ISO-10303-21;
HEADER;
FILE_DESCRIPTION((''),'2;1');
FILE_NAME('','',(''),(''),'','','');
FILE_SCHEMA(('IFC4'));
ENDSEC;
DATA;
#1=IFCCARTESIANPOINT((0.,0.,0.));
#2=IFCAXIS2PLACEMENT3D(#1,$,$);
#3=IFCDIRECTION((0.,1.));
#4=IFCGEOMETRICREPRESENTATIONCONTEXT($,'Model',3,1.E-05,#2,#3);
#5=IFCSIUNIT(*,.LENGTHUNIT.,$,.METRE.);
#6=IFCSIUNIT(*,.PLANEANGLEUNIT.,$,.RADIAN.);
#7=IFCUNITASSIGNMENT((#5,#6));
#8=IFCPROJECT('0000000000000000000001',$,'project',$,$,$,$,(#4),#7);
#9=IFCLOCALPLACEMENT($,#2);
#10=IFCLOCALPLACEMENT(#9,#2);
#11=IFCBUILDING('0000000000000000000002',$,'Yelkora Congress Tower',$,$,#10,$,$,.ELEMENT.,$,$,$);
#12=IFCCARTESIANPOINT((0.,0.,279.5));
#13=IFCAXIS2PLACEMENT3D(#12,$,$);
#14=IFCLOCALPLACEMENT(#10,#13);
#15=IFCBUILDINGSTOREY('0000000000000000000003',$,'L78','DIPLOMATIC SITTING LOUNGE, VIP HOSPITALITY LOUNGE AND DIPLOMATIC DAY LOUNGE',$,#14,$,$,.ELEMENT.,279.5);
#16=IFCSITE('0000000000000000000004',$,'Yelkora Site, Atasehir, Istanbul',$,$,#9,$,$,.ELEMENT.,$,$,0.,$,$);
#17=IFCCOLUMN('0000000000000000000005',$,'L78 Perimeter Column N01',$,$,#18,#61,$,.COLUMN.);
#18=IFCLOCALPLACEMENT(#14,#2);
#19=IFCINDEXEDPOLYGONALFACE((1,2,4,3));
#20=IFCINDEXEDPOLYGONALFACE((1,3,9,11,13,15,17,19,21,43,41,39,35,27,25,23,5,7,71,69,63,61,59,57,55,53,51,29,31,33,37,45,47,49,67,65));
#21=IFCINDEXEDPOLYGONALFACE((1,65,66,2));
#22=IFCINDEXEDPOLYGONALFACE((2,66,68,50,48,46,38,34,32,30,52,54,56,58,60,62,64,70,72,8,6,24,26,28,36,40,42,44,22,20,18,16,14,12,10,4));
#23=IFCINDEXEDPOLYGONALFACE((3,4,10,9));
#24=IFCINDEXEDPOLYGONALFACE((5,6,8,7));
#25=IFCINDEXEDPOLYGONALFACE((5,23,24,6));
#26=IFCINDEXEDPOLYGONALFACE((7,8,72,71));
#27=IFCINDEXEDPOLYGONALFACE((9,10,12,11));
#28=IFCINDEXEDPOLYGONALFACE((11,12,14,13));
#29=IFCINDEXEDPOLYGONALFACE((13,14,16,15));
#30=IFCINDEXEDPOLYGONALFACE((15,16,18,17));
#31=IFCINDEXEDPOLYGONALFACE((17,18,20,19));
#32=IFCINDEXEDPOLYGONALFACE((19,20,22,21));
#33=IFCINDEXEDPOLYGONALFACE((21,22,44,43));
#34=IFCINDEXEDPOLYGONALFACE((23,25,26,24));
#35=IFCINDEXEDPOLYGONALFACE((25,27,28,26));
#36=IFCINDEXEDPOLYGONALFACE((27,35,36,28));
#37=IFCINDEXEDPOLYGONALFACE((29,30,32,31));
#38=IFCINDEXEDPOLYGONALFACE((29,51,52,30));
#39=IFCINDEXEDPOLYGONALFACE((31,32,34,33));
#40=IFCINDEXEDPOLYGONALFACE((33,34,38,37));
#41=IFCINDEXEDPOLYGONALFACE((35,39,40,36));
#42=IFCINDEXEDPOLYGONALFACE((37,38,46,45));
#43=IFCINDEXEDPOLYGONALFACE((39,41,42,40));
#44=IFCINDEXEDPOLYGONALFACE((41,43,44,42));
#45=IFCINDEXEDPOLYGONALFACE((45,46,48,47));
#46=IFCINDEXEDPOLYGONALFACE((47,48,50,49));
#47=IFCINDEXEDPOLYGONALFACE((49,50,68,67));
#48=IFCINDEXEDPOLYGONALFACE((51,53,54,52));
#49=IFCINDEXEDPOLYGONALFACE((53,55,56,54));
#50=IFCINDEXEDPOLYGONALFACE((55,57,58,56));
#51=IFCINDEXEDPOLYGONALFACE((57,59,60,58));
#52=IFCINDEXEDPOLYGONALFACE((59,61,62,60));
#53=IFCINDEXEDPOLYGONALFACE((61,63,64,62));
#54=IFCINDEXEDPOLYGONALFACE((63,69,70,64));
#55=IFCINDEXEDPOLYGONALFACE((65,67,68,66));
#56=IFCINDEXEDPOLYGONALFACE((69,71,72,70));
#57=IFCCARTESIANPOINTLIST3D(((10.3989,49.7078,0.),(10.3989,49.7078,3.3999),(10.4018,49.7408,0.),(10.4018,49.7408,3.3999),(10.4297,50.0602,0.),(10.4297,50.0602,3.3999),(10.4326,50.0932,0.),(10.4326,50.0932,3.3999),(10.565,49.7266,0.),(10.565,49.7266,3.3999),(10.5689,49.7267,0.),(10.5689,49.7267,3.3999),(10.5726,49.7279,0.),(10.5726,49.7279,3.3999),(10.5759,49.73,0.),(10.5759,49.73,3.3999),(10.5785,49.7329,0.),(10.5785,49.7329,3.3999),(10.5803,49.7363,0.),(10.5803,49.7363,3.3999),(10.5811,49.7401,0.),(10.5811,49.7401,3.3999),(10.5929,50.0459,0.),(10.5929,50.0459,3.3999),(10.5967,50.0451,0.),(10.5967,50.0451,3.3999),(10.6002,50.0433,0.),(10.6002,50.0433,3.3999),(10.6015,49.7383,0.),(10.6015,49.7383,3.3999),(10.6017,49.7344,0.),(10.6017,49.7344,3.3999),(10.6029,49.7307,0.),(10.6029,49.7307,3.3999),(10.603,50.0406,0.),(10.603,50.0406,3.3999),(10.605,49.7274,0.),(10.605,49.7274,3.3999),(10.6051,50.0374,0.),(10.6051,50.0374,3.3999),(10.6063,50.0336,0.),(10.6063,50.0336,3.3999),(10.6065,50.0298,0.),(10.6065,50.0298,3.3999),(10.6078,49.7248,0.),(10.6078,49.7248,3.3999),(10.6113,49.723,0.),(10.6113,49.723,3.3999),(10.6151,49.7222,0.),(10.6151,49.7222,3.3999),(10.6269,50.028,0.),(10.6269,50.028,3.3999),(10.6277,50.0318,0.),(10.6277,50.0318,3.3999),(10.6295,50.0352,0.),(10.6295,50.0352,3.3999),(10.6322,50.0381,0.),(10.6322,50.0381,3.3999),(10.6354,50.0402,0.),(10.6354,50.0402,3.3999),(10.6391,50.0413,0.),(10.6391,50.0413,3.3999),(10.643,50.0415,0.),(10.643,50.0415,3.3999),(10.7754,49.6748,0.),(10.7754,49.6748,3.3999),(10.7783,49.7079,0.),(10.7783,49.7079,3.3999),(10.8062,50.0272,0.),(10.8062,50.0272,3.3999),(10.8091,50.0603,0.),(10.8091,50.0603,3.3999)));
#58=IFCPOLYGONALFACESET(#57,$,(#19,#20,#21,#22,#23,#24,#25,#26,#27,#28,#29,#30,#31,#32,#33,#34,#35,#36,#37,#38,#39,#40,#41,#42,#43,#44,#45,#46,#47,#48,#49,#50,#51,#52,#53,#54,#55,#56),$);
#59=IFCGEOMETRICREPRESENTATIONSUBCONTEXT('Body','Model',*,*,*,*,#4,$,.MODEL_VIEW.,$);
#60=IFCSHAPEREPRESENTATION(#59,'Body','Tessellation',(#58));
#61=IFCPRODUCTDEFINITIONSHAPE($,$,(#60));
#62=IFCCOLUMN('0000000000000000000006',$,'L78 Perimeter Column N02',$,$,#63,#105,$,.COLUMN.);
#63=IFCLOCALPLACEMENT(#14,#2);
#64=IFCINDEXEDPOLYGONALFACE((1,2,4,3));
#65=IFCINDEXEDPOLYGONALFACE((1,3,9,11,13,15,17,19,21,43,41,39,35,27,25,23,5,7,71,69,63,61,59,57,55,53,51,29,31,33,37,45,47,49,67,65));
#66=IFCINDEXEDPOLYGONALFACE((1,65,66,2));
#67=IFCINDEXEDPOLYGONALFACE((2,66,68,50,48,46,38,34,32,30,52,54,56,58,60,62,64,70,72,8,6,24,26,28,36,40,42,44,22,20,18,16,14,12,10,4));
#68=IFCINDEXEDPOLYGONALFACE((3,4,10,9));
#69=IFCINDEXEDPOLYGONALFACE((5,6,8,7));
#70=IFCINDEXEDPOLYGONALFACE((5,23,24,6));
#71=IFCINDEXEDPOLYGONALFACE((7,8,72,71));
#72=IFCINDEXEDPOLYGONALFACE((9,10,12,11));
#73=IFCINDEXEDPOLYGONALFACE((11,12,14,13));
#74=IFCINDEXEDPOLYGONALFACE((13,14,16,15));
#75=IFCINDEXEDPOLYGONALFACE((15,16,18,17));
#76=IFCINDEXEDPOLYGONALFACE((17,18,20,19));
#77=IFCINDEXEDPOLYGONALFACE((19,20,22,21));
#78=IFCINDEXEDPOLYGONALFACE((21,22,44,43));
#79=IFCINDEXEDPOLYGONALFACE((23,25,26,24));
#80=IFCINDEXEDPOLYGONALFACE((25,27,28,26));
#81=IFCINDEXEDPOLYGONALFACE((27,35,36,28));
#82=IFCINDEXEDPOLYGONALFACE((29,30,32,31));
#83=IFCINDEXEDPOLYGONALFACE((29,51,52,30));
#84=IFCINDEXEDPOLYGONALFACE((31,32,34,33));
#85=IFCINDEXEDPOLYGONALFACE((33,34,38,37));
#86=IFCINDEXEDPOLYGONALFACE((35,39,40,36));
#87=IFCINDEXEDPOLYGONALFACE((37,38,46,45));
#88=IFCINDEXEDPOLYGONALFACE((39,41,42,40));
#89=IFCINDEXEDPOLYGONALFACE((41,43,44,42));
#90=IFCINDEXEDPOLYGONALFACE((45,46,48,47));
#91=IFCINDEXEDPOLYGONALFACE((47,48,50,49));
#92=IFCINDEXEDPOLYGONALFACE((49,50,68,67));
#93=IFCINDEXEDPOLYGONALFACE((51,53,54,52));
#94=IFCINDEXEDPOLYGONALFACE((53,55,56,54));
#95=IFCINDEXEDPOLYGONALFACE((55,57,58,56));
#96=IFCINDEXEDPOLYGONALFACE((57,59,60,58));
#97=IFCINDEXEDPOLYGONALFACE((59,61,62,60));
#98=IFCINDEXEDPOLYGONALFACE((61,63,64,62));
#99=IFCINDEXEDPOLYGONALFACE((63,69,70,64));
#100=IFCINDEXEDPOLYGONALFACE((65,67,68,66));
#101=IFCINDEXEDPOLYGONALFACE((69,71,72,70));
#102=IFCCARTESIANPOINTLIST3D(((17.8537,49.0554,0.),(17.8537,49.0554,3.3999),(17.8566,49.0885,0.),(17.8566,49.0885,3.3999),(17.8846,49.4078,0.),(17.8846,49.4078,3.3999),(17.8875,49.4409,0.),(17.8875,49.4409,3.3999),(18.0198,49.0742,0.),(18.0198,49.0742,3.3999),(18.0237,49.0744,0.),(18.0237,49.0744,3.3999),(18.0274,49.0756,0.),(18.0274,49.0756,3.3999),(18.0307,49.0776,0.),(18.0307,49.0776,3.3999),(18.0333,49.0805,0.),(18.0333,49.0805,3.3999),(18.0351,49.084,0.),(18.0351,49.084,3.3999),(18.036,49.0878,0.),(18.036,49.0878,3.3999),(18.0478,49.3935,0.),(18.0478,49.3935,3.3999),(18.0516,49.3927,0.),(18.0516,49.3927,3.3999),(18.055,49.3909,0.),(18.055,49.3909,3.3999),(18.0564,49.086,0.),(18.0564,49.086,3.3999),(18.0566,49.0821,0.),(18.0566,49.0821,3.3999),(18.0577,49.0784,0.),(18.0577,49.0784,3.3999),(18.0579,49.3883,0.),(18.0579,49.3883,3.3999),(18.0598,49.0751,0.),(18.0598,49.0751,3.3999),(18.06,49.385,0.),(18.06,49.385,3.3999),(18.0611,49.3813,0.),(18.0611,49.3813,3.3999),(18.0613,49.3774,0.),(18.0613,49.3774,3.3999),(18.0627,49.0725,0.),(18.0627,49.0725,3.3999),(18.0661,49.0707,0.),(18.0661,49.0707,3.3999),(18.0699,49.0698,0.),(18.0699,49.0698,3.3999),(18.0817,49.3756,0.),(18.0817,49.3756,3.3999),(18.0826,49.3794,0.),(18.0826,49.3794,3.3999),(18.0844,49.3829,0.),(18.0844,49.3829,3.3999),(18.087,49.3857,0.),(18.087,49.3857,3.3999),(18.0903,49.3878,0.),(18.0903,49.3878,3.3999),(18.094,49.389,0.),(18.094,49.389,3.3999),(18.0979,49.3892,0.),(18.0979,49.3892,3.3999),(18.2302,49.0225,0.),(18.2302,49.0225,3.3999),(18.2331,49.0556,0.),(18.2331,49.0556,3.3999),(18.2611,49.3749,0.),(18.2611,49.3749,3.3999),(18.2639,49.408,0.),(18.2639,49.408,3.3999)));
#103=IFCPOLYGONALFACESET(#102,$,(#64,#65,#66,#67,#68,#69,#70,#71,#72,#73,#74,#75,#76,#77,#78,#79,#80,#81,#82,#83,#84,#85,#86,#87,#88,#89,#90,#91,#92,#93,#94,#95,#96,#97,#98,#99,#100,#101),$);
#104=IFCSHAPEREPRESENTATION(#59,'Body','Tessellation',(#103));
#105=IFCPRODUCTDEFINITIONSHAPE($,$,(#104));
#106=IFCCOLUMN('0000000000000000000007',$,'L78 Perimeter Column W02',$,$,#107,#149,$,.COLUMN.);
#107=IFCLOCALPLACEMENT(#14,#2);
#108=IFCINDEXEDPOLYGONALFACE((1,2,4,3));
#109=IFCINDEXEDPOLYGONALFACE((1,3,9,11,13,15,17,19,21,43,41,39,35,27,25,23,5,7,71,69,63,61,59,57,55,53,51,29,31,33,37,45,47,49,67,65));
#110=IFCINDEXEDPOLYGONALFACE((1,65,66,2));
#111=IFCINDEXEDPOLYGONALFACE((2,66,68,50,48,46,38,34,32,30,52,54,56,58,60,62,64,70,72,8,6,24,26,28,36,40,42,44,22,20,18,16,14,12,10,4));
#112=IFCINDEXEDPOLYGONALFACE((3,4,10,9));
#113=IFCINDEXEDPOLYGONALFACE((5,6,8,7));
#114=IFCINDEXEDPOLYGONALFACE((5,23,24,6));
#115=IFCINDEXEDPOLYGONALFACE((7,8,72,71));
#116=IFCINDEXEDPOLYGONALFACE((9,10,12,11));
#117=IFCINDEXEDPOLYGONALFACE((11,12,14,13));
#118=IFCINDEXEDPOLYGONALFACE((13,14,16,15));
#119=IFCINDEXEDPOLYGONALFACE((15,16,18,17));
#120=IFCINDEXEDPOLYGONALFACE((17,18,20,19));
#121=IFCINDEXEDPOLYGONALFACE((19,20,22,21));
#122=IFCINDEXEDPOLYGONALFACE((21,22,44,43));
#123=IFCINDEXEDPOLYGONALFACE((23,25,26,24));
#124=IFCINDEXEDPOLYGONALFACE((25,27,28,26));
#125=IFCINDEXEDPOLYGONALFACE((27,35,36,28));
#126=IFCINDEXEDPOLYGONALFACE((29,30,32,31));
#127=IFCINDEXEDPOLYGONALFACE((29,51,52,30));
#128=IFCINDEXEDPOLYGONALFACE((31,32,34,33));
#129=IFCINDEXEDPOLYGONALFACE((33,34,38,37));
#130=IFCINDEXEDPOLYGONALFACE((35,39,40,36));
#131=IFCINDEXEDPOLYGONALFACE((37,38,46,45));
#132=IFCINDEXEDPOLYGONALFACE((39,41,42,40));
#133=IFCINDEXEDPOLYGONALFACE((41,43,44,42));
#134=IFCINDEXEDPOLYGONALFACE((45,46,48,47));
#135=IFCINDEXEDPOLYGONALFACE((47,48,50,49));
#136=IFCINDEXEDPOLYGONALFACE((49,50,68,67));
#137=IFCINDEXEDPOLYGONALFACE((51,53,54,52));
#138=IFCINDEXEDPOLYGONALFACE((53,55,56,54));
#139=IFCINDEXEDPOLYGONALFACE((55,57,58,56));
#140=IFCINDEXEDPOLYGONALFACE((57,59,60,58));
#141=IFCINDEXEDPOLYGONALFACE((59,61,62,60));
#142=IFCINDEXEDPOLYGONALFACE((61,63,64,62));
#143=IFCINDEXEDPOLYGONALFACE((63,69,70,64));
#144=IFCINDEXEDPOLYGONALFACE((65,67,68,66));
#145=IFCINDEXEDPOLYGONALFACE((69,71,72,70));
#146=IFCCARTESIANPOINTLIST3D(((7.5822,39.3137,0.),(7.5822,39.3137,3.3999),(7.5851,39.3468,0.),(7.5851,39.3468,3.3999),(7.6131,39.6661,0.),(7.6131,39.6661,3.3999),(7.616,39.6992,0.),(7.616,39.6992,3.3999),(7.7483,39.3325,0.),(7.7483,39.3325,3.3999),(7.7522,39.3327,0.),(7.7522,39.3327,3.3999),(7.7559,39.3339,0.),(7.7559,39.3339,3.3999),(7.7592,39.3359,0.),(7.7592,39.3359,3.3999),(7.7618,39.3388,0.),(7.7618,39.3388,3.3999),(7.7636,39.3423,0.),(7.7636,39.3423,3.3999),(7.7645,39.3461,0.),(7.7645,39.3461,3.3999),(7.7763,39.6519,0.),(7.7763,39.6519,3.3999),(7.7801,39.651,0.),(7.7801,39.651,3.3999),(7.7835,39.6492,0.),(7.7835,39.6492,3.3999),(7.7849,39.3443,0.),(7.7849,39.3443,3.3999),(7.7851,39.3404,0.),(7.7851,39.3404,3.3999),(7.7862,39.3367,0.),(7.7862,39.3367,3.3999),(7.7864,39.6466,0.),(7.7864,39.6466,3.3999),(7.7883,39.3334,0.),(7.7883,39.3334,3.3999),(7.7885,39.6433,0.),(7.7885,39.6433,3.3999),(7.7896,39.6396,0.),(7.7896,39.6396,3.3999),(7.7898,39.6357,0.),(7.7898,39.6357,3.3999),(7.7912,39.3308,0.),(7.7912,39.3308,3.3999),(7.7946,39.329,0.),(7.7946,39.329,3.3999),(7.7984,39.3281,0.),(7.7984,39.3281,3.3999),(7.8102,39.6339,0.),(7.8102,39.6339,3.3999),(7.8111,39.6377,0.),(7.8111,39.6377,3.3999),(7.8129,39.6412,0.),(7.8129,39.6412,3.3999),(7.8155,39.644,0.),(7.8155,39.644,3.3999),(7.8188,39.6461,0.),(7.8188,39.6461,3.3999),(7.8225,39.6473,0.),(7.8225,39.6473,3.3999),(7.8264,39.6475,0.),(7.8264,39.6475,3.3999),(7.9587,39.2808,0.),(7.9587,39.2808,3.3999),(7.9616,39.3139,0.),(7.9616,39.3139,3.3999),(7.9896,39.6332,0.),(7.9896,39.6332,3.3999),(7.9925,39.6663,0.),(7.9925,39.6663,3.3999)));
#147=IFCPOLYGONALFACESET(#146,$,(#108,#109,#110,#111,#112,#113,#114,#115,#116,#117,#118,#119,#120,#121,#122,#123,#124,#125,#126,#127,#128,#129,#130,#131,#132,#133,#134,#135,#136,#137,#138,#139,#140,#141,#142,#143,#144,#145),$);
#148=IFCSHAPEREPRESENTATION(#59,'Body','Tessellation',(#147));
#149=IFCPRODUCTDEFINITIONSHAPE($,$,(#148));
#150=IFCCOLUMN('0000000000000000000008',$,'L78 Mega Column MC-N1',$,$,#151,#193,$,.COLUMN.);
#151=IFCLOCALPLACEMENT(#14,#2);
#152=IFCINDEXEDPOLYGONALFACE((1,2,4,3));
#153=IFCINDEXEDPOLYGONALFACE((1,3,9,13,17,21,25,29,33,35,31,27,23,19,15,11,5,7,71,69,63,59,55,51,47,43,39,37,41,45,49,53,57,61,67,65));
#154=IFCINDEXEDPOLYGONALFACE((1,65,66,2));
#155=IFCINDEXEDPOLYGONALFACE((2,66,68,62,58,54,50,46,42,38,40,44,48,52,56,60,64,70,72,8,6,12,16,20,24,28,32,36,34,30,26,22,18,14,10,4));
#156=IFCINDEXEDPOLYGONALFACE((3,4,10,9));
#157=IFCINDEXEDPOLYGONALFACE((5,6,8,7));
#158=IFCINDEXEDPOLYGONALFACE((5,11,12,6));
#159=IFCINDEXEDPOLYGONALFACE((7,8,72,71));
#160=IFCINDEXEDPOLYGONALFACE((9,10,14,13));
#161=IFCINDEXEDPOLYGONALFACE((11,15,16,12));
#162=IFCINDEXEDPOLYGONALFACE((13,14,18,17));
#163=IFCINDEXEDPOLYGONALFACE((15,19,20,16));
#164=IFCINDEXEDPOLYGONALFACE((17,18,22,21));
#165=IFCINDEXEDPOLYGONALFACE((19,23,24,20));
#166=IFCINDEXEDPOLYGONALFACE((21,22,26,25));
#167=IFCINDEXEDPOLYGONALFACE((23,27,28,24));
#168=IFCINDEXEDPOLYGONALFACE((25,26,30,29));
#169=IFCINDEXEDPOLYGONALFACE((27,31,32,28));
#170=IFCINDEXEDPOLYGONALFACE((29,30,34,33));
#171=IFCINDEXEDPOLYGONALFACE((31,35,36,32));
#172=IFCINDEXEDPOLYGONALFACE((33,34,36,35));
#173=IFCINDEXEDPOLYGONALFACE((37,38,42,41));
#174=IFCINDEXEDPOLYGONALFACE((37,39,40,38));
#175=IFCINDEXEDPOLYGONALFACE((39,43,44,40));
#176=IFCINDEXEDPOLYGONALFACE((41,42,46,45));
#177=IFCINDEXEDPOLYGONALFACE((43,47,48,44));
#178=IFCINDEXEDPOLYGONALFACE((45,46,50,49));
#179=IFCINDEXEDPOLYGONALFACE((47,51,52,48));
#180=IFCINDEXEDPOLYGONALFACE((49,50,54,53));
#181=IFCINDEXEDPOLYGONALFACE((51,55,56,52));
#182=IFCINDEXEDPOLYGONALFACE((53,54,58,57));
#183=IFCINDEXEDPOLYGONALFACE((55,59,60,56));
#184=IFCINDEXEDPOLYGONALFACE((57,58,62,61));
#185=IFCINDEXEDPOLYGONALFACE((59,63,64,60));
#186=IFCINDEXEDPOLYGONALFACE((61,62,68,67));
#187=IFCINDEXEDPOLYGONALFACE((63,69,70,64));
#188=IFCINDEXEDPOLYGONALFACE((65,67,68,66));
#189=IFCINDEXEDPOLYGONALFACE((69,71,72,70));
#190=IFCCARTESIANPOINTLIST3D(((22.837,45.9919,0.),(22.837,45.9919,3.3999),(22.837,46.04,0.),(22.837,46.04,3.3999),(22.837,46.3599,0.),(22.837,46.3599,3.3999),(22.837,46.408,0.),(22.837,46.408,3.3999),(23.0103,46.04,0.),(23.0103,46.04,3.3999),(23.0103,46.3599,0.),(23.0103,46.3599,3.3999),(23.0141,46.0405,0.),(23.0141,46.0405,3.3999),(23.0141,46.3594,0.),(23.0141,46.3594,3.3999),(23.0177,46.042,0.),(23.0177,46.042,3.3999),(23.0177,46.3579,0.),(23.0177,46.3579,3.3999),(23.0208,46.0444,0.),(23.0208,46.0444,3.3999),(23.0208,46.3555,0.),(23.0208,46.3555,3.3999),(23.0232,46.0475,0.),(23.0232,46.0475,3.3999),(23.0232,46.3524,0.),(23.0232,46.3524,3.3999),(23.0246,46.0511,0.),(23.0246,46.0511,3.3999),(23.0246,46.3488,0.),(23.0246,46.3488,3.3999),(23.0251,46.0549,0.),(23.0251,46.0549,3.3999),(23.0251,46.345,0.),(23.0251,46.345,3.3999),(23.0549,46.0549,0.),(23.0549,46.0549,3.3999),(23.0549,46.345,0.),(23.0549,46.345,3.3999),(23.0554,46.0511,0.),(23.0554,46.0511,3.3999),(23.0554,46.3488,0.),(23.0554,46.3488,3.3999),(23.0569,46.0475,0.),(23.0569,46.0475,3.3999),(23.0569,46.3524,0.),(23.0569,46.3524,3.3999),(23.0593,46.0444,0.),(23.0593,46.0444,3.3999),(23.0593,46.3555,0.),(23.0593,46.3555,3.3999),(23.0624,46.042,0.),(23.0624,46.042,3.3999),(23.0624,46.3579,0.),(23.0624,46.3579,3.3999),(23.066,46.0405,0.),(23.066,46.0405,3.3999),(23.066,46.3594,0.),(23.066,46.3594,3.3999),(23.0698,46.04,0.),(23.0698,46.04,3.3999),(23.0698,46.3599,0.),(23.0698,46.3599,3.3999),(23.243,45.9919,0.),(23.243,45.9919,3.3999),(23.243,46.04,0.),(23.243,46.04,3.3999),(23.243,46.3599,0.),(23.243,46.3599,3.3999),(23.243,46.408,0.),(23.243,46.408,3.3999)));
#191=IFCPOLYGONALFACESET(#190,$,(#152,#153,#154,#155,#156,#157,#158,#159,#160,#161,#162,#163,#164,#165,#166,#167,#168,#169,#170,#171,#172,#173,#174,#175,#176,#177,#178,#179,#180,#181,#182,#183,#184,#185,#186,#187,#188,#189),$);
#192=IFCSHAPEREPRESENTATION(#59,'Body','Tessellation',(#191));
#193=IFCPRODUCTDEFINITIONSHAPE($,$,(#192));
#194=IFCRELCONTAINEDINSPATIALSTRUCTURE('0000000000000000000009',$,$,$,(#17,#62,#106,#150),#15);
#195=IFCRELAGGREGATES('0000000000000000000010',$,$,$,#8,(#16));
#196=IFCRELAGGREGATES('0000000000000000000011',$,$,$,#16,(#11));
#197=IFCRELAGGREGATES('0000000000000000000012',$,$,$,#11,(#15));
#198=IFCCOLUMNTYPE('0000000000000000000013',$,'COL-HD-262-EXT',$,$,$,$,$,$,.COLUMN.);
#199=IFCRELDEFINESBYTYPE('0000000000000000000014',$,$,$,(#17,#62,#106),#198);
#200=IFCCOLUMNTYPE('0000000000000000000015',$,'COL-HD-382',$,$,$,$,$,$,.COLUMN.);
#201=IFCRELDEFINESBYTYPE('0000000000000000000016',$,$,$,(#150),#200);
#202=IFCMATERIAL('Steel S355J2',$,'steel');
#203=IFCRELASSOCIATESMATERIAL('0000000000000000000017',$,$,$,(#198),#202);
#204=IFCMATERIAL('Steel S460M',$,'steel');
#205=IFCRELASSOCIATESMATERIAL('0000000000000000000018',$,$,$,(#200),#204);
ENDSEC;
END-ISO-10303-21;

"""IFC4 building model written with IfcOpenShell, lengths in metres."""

from ifc_helpers import new_model, si_unit, direction, frame, origin, origin_2d, place, context, subcontext, project, spatial, i_section, extrude, material, material_profile, profile_set, type_object, element, save


model = new_model("IFC4")

# Units and contexts
model_context = context("Model", 3, precision=1e-05, world=origin(), true_north=direction((0.0, 1.0)))
body_context = subcontext(model_context, "Body", "Model", "MODEL_VIEW")
ifc_project = project(units=[si_unit("LENGTHUNIT", "METRE"), si_unit("PLANEANGLEUNIT", "RADIAN")], contexts=[model_context])

# Site, building, storey
site_placement = place(None, origin())
site = spatial("IfcSite", under=ifc_project, at=site_placement, Name="Yelkora Site, Atasehir, Istanbul", CompositionType="ELEMENT", RefElevation=0.0)
building_placement = place(site_placement, origin())
building = spatial("IfcBuilding", under=site, at=building_placement, Name="Yelkora Congress Tower", CompositionType="ELEMENT")
storey_placement = place(building_placement, frame((0.0, 0.0, 279.5)))
storey = spatial("IfcBuildingStorey", under=building, at=storey_placement, Name="L78", Description="DIPLOMATIC SITTING LOUNGE, VIP HOSPITALITY LOUNGE AND DIPLOMATIC DAY LOUNGE", CompositionType="ELEMENT", Elevation=279.5)

# Columns
ifc_material_1 = material(Name="Steel S355J2", Category="steel")
ifc_material_profile_1 = material_profile(ifc_material_1, i_section(OverallWidth=0.3779, OverallDepth=0.387, WebThickness=0.0205, FlangeThickness=0.0332, FilletRadius=0.0149, at=origin_2d()), Name="HD 360x262")
ifc_profile_set_1 = profile_set([ifc_material_profile_1], Name="Steel S355J2")
column_type_1 = type_object("IfcColumnType", Name="COL-HD-262-EXT", PredefinedType="COLUMN", material=ifc_profile_set_1)
for number, where, z_axis, x_axis, name in (
    (1, (10.604, 49.884, 0.0), (0.0, 0.0, 1.0), (0.996195, -0.087156, 0.0), "L78 Perimeter Column N01"),
    (2, (18.0588, 49.2317, 0.0), (0.0, 0.0, 1.0), (0.996195, -0.087156, 0.0), "L78 Perimeter Column N02"),
    (3, (7.7874, 39.49, 0.0), (0.0, 0.0, 1.0), (0.996195, -0.087156, 0.0), "L78 Perimeter Column W02"),
):
    element("IfcColumn", number, at=place(storey_placement, frame(where, z_axis=z_axis, x_axis=x_axis)), inside=storey, type_object=column_type_1, Name=name, PredefinedType="COLUMN", context=body_context, shape_type="SweptSolid", body=[
        extrude(i_section(OverallWidth=0.3779, OverallDepth=0.387, WebThickness=0.0205, FlangeThickness=0.0332, FilletRadius=0.0149, at=origin_2d()), origin(), (0.0, 0.0, 1.0), 3.3999),
    ])
ifc_material_2 = material(Name="Steel S460M", Category="steel")
ifc_material_profile_2 = material_profile(ifc_material_2, i_section(OverallWidth=0.406, OverallDepth=0.416, WebThickness=0.0298, FlangeThickness=0.0481, FilletRadius=0.0149, at=origin_2d()), Name="HD 400x382")
ifc_profile_set_2 = profile_set([ifc_material_profile_2], Name="Steel S460M")
column_type_2 = type_object("IfcColumnType", Name="COL-HD-382", PredefinedType="COLUMN", material=ifc_profile_set_2)
column_placement = place(storey_placement, frame((23.04, 46.2, 0.0), z_axis=(0.0, 0.0, 1.0), x_axis=(1.0, 0.0, 0.0)))
element("IfcColumn", 4, at=column_placement, inside=storey, type_object=column_type_2, Name="L78 Mega Column MC-N1", PredefinedType="COLUMN", context=body_context, shape_type="SweptSolid", body=[
    extrude(i_section(OverallWidth=0.406, OverallDepth=0.416, WebThickness=0.0298, FlangeThickness=0.0481, FilletRadius=0.0149, at=origin_2d()), origin(), (0.0, 0.0, 1.0), 3.3999),
])

save(model, "model.ifc")
